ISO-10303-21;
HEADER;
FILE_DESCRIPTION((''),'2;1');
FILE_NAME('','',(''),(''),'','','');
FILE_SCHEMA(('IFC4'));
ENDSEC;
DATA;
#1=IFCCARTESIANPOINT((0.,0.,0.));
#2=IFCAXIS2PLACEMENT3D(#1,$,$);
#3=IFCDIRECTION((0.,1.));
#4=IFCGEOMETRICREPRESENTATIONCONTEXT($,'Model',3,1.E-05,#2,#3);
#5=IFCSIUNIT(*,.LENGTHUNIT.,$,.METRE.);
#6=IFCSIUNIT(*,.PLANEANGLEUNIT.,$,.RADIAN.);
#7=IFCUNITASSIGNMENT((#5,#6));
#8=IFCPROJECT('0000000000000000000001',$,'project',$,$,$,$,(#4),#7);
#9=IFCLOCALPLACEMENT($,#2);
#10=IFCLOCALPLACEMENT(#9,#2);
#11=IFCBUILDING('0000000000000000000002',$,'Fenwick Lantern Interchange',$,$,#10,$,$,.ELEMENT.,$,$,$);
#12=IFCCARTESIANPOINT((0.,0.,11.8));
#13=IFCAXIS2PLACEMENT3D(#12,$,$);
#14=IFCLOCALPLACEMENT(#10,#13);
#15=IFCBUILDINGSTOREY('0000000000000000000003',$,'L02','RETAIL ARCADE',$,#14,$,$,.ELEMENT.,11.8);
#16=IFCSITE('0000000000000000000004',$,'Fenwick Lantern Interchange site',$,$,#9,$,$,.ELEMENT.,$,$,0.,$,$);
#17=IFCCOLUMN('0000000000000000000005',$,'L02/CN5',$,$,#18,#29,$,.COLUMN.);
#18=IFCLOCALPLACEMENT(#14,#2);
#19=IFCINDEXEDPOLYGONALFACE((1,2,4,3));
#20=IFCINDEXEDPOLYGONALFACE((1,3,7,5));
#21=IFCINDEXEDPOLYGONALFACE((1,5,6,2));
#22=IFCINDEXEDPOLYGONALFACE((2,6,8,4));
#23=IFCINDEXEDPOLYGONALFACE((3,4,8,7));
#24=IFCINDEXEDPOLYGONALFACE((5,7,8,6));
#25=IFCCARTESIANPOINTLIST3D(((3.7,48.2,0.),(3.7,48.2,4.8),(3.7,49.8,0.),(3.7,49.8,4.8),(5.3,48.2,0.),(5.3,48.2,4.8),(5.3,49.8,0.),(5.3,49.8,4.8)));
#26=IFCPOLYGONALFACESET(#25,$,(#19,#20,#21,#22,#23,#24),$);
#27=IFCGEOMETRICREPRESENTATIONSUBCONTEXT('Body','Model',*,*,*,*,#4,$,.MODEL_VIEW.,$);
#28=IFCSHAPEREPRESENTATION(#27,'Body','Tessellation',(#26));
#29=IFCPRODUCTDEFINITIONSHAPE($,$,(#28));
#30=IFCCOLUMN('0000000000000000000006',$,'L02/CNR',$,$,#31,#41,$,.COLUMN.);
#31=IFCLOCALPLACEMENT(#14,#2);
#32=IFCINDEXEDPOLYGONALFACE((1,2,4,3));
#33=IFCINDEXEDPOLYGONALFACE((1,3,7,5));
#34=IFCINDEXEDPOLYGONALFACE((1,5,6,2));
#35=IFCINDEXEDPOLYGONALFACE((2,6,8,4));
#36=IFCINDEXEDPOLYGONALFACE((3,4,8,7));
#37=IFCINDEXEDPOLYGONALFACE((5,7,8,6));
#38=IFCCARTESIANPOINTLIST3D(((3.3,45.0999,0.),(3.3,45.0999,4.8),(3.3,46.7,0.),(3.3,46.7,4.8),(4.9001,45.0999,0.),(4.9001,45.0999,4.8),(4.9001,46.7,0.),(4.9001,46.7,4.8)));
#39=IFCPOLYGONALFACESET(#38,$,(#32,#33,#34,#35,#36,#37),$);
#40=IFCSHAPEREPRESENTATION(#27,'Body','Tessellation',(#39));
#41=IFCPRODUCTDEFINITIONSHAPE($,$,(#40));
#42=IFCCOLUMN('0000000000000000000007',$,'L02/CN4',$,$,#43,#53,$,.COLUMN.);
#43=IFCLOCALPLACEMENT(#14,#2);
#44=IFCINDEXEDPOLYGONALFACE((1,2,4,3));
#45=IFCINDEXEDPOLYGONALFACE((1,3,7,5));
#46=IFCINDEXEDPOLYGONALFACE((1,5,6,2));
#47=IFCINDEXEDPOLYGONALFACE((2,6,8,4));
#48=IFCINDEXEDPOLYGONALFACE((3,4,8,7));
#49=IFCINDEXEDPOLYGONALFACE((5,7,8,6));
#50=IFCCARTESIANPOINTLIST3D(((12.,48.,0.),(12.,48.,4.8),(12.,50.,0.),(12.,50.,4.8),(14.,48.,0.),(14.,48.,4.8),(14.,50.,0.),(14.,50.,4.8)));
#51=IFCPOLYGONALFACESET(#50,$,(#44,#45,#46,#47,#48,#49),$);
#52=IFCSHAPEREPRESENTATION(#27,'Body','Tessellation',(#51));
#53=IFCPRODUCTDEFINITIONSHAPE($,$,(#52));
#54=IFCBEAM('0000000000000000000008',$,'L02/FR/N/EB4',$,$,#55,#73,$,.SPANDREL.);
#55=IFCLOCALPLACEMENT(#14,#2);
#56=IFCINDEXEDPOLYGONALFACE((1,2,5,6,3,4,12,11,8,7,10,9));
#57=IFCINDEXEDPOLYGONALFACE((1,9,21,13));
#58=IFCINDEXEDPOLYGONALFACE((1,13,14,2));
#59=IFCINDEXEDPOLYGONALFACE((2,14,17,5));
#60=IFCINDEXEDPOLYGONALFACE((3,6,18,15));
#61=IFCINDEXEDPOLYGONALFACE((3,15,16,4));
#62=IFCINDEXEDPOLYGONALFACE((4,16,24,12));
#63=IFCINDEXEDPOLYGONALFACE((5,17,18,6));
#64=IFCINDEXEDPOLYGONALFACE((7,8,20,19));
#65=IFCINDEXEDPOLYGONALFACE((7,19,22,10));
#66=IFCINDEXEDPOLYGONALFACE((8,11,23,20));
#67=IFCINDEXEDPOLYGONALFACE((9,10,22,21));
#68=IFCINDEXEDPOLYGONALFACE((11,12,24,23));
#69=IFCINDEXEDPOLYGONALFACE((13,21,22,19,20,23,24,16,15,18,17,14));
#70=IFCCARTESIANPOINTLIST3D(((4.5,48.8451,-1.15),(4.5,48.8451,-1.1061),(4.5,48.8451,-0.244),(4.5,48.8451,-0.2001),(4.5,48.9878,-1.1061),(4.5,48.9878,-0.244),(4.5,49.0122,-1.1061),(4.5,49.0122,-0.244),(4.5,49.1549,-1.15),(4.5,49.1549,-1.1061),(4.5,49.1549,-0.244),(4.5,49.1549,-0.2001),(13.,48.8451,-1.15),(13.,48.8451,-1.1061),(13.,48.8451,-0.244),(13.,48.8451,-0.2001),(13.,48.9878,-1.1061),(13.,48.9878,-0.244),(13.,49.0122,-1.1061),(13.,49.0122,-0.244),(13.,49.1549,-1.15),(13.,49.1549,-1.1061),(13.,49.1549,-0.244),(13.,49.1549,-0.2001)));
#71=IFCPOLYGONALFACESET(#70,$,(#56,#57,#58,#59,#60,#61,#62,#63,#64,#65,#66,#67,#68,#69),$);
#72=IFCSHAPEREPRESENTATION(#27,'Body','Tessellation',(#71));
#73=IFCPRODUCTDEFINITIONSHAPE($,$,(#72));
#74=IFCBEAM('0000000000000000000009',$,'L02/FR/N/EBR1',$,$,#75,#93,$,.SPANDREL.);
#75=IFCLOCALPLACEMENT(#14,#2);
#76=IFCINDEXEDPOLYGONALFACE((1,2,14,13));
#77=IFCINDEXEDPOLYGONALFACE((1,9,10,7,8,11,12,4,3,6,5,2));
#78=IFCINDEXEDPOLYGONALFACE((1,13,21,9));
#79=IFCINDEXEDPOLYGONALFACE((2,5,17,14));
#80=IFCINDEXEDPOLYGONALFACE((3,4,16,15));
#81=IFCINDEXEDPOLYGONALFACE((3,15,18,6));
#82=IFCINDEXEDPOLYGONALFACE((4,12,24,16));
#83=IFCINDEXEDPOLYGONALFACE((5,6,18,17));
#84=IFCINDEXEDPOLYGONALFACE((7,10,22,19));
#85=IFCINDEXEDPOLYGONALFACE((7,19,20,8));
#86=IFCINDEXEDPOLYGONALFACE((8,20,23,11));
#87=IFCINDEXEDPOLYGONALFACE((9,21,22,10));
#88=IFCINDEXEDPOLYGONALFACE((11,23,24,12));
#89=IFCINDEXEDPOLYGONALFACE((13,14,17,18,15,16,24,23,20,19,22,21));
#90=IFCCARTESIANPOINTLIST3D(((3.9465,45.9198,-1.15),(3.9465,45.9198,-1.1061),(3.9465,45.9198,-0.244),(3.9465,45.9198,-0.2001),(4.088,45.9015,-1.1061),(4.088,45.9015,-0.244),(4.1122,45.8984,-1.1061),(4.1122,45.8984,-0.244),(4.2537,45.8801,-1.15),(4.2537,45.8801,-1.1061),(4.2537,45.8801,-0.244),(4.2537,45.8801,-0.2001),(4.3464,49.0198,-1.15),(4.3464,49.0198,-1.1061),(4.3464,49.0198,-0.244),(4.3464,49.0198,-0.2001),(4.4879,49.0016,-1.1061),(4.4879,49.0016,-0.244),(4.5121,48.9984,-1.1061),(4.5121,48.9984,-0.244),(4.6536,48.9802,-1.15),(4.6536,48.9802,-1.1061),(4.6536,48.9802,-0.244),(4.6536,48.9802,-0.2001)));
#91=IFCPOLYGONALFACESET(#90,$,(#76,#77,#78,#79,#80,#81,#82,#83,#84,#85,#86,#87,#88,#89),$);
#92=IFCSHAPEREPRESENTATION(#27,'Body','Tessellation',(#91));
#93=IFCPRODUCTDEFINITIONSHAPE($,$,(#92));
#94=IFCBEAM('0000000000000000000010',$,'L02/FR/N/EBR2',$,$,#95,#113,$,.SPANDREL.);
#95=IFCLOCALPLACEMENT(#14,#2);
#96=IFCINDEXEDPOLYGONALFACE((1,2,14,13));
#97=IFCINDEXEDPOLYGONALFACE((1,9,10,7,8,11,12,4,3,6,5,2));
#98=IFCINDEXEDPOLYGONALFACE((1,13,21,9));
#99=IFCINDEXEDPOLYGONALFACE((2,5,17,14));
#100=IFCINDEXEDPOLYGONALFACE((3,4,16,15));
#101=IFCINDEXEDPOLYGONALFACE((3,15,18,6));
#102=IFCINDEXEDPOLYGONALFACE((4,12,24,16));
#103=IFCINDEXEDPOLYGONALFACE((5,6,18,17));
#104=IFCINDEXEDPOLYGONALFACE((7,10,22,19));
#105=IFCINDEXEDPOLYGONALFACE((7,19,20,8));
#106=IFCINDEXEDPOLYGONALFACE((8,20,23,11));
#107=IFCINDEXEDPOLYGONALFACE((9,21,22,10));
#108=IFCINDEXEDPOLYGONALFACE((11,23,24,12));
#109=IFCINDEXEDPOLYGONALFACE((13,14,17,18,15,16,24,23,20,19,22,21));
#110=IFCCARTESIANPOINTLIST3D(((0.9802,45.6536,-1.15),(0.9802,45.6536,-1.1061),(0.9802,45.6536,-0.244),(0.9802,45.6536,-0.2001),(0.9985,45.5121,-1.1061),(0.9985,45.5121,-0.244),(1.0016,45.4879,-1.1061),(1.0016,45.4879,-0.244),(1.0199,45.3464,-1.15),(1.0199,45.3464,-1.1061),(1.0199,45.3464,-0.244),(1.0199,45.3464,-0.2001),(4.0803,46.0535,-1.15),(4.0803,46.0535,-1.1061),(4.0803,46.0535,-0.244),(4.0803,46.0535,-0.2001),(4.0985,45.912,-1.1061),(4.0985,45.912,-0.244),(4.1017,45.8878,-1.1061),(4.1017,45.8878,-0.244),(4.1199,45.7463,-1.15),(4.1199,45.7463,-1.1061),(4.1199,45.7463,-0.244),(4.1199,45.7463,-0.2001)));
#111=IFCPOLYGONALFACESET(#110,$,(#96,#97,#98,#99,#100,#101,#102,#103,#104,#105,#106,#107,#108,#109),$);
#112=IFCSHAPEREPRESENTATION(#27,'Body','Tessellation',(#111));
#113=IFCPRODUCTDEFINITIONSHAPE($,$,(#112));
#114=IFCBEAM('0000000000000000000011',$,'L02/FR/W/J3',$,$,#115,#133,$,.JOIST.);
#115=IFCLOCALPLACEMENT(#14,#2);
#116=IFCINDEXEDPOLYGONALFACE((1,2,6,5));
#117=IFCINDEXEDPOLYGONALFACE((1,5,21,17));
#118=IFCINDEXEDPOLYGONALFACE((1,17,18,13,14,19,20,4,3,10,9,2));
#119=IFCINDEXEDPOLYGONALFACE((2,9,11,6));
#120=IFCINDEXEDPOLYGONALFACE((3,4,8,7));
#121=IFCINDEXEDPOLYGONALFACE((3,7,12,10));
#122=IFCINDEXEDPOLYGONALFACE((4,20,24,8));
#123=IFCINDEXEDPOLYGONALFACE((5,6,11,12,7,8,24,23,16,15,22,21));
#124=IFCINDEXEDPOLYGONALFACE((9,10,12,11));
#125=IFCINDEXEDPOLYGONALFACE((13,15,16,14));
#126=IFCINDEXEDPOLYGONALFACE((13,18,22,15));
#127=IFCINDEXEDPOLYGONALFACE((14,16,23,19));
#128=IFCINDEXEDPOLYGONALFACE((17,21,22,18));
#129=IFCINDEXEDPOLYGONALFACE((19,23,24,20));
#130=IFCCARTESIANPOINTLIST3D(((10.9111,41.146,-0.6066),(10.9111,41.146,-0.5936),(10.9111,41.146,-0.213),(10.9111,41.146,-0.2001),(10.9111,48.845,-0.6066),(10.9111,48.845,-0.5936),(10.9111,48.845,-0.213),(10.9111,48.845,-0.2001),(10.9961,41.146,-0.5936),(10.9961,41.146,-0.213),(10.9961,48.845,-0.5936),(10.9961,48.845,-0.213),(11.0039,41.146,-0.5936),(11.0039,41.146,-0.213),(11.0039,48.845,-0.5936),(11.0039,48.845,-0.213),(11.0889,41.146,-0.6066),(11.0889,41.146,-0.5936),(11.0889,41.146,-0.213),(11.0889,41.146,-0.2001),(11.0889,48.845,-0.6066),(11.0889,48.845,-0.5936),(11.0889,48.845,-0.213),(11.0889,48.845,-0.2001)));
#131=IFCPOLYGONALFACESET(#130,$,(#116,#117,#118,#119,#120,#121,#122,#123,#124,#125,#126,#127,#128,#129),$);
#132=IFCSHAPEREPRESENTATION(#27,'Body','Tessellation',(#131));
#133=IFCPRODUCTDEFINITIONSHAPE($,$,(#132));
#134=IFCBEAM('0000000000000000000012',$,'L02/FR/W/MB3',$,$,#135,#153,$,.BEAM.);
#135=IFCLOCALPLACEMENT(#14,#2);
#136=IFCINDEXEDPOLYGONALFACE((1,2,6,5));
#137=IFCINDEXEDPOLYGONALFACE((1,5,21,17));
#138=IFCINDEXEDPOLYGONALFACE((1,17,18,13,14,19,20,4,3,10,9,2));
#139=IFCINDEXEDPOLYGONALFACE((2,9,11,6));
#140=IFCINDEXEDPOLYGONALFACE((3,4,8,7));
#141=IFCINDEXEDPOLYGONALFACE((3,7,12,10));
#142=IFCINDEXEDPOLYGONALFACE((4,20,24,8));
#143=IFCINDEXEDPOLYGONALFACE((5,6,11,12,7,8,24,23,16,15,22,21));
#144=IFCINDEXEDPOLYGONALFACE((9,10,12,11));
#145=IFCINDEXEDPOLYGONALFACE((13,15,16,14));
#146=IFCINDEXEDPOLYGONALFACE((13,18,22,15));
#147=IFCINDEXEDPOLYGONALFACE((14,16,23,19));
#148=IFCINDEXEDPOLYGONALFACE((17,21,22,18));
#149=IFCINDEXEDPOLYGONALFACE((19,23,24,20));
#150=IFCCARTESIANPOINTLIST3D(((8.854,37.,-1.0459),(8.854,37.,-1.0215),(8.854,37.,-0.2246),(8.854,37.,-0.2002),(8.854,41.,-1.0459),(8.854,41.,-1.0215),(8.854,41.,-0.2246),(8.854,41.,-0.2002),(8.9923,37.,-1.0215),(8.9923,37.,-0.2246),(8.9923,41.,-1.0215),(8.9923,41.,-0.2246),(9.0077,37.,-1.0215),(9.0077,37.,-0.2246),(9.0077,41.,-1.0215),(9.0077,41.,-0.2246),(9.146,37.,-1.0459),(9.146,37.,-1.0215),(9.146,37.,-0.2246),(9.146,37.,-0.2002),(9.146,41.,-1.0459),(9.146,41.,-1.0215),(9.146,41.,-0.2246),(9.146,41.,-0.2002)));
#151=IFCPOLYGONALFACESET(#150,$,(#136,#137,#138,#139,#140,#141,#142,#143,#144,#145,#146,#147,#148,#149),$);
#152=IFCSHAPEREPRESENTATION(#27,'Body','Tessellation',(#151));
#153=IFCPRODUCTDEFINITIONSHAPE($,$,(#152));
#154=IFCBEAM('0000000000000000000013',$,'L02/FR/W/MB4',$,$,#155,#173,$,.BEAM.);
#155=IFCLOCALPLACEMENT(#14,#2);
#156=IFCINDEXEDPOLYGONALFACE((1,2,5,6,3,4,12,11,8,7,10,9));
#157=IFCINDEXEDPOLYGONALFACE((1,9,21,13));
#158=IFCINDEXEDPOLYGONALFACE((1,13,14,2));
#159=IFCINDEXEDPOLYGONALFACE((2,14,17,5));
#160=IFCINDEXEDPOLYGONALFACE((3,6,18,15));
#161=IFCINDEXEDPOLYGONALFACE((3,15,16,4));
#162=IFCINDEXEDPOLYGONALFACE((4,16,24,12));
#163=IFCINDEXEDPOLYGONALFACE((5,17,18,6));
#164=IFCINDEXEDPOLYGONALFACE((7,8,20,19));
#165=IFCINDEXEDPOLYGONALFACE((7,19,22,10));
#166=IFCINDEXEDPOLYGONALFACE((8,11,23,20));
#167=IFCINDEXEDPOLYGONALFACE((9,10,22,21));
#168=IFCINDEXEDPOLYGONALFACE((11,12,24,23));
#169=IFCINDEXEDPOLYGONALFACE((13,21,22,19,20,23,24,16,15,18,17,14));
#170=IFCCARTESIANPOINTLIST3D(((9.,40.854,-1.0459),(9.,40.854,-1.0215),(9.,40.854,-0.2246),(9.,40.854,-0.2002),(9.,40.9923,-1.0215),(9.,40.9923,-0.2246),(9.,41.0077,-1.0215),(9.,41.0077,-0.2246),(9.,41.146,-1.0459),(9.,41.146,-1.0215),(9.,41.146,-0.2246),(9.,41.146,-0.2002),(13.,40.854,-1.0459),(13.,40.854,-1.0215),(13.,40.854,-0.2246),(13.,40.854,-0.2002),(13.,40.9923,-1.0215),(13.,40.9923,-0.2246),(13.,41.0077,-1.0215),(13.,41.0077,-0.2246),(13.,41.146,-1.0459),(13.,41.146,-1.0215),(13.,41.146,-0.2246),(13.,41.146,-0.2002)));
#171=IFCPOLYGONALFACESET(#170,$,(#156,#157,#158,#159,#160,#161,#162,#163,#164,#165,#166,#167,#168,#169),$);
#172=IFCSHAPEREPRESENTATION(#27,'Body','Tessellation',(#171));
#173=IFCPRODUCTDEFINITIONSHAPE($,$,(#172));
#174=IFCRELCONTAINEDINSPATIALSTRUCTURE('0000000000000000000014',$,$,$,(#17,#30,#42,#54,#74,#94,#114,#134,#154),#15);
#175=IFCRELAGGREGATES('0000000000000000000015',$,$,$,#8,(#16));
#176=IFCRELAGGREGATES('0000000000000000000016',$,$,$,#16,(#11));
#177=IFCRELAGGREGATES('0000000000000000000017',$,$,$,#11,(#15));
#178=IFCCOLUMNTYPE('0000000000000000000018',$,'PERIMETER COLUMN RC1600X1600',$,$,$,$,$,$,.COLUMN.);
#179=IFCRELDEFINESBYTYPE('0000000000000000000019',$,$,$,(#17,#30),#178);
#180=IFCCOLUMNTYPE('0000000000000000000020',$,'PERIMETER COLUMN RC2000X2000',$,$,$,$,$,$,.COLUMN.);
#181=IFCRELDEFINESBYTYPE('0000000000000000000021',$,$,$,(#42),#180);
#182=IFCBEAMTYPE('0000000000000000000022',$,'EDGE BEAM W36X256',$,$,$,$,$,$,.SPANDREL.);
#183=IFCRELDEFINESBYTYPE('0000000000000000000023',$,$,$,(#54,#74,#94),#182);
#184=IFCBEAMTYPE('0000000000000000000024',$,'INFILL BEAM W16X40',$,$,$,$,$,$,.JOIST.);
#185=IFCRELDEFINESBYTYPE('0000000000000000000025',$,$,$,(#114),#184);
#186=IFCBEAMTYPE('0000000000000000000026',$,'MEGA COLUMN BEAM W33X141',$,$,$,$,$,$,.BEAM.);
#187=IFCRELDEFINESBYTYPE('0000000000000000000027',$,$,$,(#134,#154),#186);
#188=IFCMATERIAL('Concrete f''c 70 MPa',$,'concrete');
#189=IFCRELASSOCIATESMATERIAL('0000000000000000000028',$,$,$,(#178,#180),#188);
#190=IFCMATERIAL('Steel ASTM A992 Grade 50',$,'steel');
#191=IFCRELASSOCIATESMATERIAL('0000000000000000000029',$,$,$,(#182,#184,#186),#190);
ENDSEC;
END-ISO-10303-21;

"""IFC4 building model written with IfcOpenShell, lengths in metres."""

from ifc_helpers import new_model, si_unit, direction, frame, origin, origin_2d, place, context, subcontext, project, spatial, rectangle, i_section, extrude, material, material_profile, profile_set, type_object, element, save


model = new_model("IFC4")

# Units and contexts
model_context = context("Model", 3, precision=1e-05, world=origin(), true_north=direction((0.0, 1.0)))
body_context = subcontext(model_context, "Body", "Model", "MODEL_VIEW")
ifc_project = project(units=[si_unit("LENGTHUNIT", "METRE"), si_unit("PLANEANGLEUNIT", "RADIAN")], contexts=[model_context])

# Site, building, storey
site_placement = place(None, origin())
site = spatial("IfcSite", under=ifc_project, at=site_placement, Name="Fenwick Lantern Interchange site", CompositionType="ELEMENT", RefElevation=0.0)
building_placement = place(site_placement, origin())
building = spatial("IfcBuilding", under=site, at=building_placement, Name="Fenwick Lantern Interchange", CompositionType="ELEMENT")
storey_placement = place(building_placement, frame((0.0, 0.0, 11.8)))
storey = spatial("IfcBuildingStorey", under=building, at=storey_placement, Name="L02", Description="RETAIL ARCADE", CompositionType="ELEMENT", Elevation=11.8)

# Columns
ifc_material_1 = material(Name="Concrete f'c 70 MPa", Category="concrete")
ifc_material_profile_1 = material_profile(ifc_material_1, rectangle(XDim=1.6001, YDim=1.6001, at=origin_2d()), Name="RC1600X1600")
ifc_profile_set_1 = profile_set([ifc_material_profile_1], Name="Concrete f'c 70 MPa")
column_type_1 = type_object("IfcColumnType", Name="PERIMETER COLUMN RC1600X1600", PredefinedType="COLUMN", material=ifc_profile_set_1)
for number, where, z_axis, x_axis, name in (
    (1, (4.5, 49.0, 0.0), (0.0, 0.0, 1.0), (1.0, 0.0, 0.0), "L02/CN5"),
    (2, (4.1001, 45.8999, 0.0), (0.0, 0.0, 1.0), (1.0, 0.0, 0.0), "L02/CNR"),
):
    element("IfcColumn", number, at=place(storey_placement, frame(where, z_axis=z_axis, x_axis=x_axis)), inside=storey, type_object=column_type_1, Name=name, PredefinedType="COLUMN", context=body_context, shape_type="SweptSolid", body=[
        extrude(rectangle(XDim=1.6001, YDim=1.6001, at=origin_2d()), origin(), (0.0, 0.0, 1.0), 4.8),
    ])
ifc_material_profile_2 = material_profile(ifc_material_1, rectangle(XDim=2.0, YDim=2.0, at=origin_2d()), Name="RC2000X2000")
ifc_profile_set_2 = profile_set([ifc_material_profile_2], Name="Concrete f'c 70 MPa")
column_type_2 = type_object("IfcColumnType", Name="PERIMETER COLUMN RC2000X2000", PredefinedType="COLUMN", material=ifc_profile_set_2)
column_placement = place(storey_placement, frame((13.0, 49.0, 0.0), z_axis=(0.0, 0.0, 1.0), x_axis=(1.0, 0.0, 0.0)))
element("IfcColumn", 3, at=column_placement, inside=storey, type_object=column_type_2, Name="L02/CN4", PredefinedType="COLUMN", context=body_context, shape_type="SweptSolid", body=[
    extrude(rectangle(XDim=2.0, YDim=2.0, at=origin_2d()), origin(), (0.0, 0.0, 1.0), 4.8),
])

# Beams
ifc_material_2 = material(Name="Steel ASTM A992 Grade 50", Category="steel")
ifc_material_profile_3 = material_profile(ifc_material_2, i_section(OverallWidth=0.3098, OverallDepth=0.95, WebThickness=0.0244, FlangeThickness=0.0439, at=origin_2d()), Name="W36X256")
ifc_profile_set_3 = profile_set([ifc_material_profile_3], Name="Steel ASTM A992 Grade 50")
beam_type_1 = type_object("IfcBeamType", Name="EDGE BEAM W36X256", PredefinedType="SPANDREL", material=ifc_profile_set_3)
beam_1_placement = place(storey_placement, frame((13.0, 49.0, -0.675), z_axis=(-1.0, 0.0, 0.0), x_axis=(0.0, -1.0, 0.0)))
element("IfcBeam", 4, at=beam_1_placement, inside=storey, type_object=beam_type_1, Name="L02/FR/N/EB4", PredefinedType="SPANDREL", context=body_context, shape_type="SweptSolid", body=[
    extrude(i_section(OverallWidth=0.3098, OverallDepth=0.95, WebThickness=0.0244, FlangeThickness=0.0439, at=origin_2d()), origin(), (0.0, 0.0, 1.0), 8.5),
])
for number, where, z_axis, x_axis, name in (
    (5, (4.5, 49.0, -0.675), (-0.127937, -0.991782, 0.0), (0.991782, -0.127937, 0.0), "L02/FR/N/EBR1"),
    (6, (4.1001, 45.8999, -0.675), (-0.991782, -0.127937, 0.0), (0.127937, -0.991782, 0.0), "L02/FR/N/EBR2"),
):
    element("IfcBeam", number, at=place(storey_placement, frame(where, z_axis=z_axis, x_axis=x_axis)), inside=storey, type_object=beam_type_1, Name=name, PredefinedType="SPANDREL", context=body_context, shape_type="SweptSolid", body=[
        extrude(i_section(OverallWidth=0.3098, OverallDepth=0.95, WebThickness=0.0244, FlangeThickness=0.0439, at=origin_2d()), origin(), (0.0, 0.0, 1.0), 3.1257),
    ])
ifc_material_profile_4 = material_profile(ifc_material_2, i_section(OverallWidth=0.1777, OverallDepth=0.4065, WebThickness=0.0078, FlangeThickness=0.0129, at=origin_2d()), Name="W16X40")
ifc_profile_set_4 = profile_set([ifc_material_profile_4], Name="Steel ASTM A992 Grade 50")
beam_type_2 = type_object("IfcBeamType", Name="INFILL BEAM W16X40", PredefinedType="JOIST", material=ifc_profile_set_4)
beam_2_placement = place(storey_placement, frame((11.0, 48.845, -0.4033), z_axis=(0.0, -1.0, 0.0), x_axis=(1.0, 0.0, 0.0)))
element("IfcBeam", 7, at=beam_2_placement, inside=storey, type_object=beam_type_2, Name="L02/FR/W/J3", PredefinedType="JOIST", context=body_context, shape_type="SweptSolid", body=[
    extrude(i_section(OverallWidth=0.1777, OverallDepth=0.4065, WebThickness=0.0078, FlangeThickness=0.0129, at=origin_2d()), origin(), (0.0, 0.0, 1.0), 7.699),
])
ifc_material_profile_5 = material_profile(ifc_material_2, i_section(OverallWidth=0.292, OverallDepth=0.8457, WebThickness=0.0154, FlangeThickness=0.0244, at=origin_2d()), Name="W33X141")
ifc_profile_set_5 = profile_set([ifc_material_profile_5], Name="Steel ASTM A992 Grade 50")
beam_type_3 = type_object("IfcBeamType", Name="MEGA COLUMN BEAM W33X141", PredefinedType="BEAM", material=ifc_profile_set_5)
for number, where, z_axis, x_axis, name in (
    (8, (9.0, 41.0, -0.623), (0.0, -1.0, 0.0), (1.0, 0.0, 0.0), "L02/FR/W/MB3"),
    (9, (9.0, 41.0, -0.623), (1.0, 0.0, 0.0), (0.0, 1.0, 0.0), "L02/FR/W/MB4"),
):
    element("IfcBeam", number, at=place(storey_placement, frame(where, z_axis=z_axis, x_axis=x_axis)), inside=storey, type_object=beam_type_3, Name=name, PredefinedType="BEAM", context=body_context, shape_type="SweptSolid", body=[
        extrude(i_section(OverallWidth=0.292, OverallDepth=0.8457, WebThickness=0.0154, FlangeThickness=0.0244, at=origin_2d()), origin(), (0.0, 0.0, 1.0), 4.0),
    ])

save(model, "model.ifc")
